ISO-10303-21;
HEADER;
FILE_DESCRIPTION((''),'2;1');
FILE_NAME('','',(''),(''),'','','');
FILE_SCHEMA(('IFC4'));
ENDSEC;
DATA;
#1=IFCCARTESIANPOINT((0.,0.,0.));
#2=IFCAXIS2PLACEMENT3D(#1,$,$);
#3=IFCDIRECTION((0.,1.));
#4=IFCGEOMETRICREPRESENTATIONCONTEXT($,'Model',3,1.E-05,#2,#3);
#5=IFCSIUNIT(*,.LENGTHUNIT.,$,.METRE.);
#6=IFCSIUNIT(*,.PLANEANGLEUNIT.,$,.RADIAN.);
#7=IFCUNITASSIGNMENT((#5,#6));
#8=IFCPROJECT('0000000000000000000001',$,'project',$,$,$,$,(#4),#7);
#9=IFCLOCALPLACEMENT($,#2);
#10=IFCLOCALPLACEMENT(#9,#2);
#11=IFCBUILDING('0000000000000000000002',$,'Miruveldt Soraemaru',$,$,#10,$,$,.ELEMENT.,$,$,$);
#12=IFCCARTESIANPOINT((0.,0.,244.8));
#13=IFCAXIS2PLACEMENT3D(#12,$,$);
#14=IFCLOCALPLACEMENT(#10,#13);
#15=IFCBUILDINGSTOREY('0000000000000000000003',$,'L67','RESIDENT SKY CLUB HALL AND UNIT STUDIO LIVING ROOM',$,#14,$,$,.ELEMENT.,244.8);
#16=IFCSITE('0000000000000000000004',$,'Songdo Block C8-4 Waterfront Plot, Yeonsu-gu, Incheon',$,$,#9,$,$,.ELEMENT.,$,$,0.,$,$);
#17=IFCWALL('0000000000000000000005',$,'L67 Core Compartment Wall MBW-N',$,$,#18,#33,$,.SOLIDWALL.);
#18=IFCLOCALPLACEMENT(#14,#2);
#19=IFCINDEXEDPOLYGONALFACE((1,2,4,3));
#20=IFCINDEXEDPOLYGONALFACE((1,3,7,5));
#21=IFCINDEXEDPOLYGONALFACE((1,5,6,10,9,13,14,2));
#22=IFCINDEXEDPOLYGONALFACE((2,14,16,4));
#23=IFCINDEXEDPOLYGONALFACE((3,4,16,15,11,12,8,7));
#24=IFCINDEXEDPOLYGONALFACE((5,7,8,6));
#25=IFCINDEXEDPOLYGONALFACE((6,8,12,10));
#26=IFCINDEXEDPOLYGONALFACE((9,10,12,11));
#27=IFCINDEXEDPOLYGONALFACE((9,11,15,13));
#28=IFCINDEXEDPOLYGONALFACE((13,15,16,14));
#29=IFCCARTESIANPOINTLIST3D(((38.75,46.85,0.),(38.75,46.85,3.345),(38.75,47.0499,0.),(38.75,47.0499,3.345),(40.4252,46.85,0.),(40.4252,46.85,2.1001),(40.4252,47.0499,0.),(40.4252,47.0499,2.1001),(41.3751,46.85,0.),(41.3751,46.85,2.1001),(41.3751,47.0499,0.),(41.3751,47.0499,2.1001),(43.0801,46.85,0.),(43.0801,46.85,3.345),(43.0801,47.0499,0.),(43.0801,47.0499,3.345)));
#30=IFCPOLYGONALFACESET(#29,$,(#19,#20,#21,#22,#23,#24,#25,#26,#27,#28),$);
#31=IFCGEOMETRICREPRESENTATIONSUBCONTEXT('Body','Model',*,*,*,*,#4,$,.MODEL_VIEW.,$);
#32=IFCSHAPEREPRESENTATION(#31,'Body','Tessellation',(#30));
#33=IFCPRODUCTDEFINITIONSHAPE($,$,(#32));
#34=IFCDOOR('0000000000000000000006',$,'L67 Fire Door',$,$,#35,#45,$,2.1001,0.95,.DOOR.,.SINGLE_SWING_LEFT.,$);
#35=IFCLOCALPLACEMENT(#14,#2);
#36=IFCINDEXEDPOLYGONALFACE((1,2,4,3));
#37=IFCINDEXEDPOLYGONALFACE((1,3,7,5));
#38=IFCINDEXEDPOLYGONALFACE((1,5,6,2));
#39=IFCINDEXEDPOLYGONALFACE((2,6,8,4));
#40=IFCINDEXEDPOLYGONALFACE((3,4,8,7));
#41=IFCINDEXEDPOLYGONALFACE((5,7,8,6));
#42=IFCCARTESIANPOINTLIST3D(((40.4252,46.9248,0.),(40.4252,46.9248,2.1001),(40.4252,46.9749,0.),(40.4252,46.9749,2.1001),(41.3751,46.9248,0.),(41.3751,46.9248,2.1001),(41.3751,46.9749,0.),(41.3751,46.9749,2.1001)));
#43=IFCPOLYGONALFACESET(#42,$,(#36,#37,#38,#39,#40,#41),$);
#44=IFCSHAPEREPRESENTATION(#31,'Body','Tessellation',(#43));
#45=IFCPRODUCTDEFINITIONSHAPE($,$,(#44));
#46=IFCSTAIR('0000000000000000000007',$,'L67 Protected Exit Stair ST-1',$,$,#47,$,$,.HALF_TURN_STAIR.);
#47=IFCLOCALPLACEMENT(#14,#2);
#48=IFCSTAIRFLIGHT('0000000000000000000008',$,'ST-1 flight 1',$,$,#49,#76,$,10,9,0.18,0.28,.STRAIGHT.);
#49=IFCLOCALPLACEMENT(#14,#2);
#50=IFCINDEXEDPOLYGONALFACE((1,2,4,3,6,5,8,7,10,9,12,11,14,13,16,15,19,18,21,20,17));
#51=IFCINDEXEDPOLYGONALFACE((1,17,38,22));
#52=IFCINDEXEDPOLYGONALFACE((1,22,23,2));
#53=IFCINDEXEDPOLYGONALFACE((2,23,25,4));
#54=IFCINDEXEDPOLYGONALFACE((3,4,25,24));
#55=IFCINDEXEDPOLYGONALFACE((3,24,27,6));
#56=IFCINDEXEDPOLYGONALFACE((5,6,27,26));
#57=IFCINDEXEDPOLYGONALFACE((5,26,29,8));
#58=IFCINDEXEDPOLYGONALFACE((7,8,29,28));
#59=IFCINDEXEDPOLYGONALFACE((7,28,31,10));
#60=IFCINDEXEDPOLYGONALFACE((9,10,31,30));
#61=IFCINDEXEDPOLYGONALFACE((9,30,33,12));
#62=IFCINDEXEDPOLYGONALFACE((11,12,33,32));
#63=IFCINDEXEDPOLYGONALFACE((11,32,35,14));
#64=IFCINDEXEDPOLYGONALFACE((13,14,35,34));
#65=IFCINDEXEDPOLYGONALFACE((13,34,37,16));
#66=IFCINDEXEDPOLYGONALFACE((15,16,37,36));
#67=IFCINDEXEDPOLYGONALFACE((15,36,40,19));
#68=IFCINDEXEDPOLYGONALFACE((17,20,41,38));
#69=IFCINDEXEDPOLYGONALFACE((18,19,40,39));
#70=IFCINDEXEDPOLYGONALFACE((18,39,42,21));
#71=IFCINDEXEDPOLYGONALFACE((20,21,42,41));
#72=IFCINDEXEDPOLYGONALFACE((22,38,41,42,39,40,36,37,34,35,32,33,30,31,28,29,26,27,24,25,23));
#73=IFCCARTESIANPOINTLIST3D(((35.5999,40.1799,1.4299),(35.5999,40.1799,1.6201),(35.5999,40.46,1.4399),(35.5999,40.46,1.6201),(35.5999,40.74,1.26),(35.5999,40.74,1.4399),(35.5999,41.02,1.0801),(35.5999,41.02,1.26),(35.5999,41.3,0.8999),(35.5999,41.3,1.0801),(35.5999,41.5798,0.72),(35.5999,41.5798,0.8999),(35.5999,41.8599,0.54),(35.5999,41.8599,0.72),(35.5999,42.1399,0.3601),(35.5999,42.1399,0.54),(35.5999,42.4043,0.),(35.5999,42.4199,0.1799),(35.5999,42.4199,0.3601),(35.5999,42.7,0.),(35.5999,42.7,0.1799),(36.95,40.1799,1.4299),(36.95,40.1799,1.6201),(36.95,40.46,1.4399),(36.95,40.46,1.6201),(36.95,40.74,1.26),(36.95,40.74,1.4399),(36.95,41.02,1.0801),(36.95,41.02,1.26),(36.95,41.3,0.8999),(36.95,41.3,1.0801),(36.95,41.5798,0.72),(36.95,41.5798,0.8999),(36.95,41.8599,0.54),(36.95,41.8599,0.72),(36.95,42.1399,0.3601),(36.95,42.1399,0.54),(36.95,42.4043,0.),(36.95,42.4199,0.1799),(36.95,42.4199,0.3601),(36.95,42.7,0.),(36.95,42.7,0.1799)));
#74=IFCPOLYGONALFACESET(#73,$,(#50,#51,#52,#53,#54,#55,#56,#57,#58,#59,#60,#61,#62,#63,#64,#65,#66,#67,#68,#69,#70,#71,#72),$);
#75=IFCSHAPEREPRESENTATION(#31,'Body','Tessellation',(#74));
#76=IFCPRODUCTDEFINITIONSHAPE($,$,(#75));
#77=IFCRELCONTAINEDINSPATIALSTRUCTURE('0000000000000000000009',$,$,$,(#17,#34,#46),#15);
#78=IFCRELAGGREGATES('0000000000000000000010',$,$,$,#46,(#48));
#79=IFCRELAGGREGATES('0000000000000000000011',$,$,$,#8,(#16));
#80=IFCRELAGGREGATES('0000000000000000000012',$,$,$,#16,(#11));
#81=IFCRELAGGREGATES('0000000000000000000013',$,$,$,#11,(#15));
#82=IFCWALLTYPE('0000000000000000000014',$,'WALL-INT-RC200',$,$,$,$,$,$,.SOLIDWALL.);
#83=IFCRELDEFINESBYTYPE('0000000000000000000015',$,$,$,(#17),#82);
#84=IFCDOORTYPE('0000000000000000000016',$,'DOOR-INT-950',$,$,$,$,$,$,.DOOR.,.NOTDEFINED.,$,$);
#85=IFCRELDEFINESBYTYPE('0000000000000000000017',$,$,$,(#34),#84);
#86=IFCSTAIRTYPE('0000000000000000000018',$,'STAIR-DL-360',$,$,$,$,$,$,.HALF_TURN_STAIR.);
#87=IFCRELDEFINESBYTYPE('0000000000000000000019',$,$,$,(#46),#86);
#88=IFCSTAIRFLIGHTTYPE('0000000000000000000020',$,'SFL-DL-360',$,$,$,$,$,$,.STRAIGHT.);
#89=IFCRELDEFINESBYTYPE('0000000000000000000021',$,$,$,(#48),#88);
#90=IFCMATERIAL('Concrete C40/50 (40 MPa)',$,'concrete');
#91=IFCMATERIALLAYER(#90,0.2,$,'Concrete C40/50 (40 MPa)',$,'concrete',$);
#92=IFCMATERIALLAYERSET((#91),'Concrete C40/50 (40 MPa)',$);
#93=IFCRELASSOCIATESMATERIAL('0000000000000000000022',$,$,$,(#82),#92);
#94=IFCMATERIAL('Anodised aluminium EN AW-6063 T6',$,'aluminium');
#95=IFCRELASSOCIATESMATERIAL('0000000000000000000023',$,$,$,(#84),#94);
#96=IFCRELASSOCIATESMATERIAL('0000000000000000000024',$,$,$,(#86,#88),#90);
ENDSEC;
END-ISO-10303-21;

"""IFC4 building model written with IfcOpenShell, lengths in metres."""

from ifc_helpers import new_model, si_unit, direction, frame, frame_2d, origin, place, context, subcontext, project, spatial, polyline, rectangle, outline, extrude, material, layer, layer_set, type_object, element, fill, aggregate, save


model = new_model("IFC4")

# Units and contexts
model_context = context("Model", 3, precision=1e-05, world=origin(), true_north=direction((0.0, 1.0)))
body_context = subcontext(model_context, "Body", "Model", "MODEL_VIEW")
ifc_project = project(units=[si_unit("LENGTHUNIT", "METRE"), si_unit("PLANEANGLEUNIT", "RADIAN")], contexts=[model_context])

# Site, building, storey
site_placement = place(None, origin())
site = spatial("IfcSite", under=ifc_project, at=site_placement, Name="Songdo Block C8-4 Waterfront Plot, Yeonsu-gu, Incheon", CompositionType="ELEMENT", RefElevation=0.0)
building_placement = place(site_placement, origin())
building = spatial("IfcBuilding", under=site, at=building_placement, Name="Miruveldt Soraemaru", CompositionType="ELEMENT")
storey_placement = place(building_placement, frame((0.0, 0.0, 244.8)))
storey = spatial("IfcBuildingStorey", under=building, at=storey_placement, Name="L67", Description="RESIDENT SKY CLUB HALL AND UNIT STUDIO LIVING ROOM", CompositionType="ELEMENT", Elevation=244.8)

# Shared definitions
ifc_material_1 = material(Name="Anodised aluminium EN AW-6063 T6", Category="aluminium")

# Shared definitions
ifc_material_2 = material(Name="Concrete C40/50 (40 MPa)", Category="concrete")

# Wall, opening, door
ifc_layer_1 = layer(ifc_material_2, 0.2, Name="Concrete C40/50 (40 MPa)", Category="concrete")
ifc_layer_set_1 = layer_set([ifc_layer_1], Name="Concrete C40/50 (40 MPa)")
wall_type_1 = type_object("IfcWallType", Name="WALL-INT-RC200", PredefinedType="SOLIDWALL", material=ifc_layer_set_1)
wall_1_placement = place(storey_placement, frame((38.75, 46.95, 0.0), z_axis=(0.0, 0.0, 1.0), x_axis=(1.0, 0.0, 0.0)))
wall_1 = element("IfcWall", 1, at=wall_1_placement, inside=storey, type_object=wall_type_1, Name="L67 Core Compartment Wall MBW-N", PredefinedType="SOLIDWALL", context=body_context, shape_type="SweptSolid", body=[
    extrude(rectangle(XDim=4.3301, YDim=0.2, at=frame_2d((2.165, 0.0))), origin(), (0.0, 0.0, 1.0), 3.345),
])
opening_1_placement = place(wall_1_placement, frame((1.675, 0.0, 0.0)))
opening_1 = element("IfcOpeningElement", 2, at=opening_1_placement, cuts=wall_1, PredefinedType="OPENING", context=body_context, shape_type="SweptSolid", body=[
    extrude(rectangle(XDim=0.95, YDim=2.1001, at=frame_2d((0.4751, 1.05))), frame((0.0, 0.1099, 0.0), z_axis=(0.0, -1.0, 0.0), x_axis=(1.0, 0.0, 0.0)), (0.0, 0.0, 1.0), 0.22),
])
door_type_1 = type_object("IfcDoorType", Name="DOOR-INT-950", OperationType="NOTDEFINED", PredefinedType="DOOR", material=ifc_material_1)
door_1_placement = place(opening_1_placement, origin())
door_1 = element("IfcDoor", 3, at=door_1_placement, inside=storey, type_object=door_type_1, Name="L67 Fire Door", OperationType="SINGLE_SWING_LEFT", OverallHeight=2.1001, OverallWidth=0.95, PredefinedType="DOOR", context=body_context, shape_type="SweptSolid", body=[
    extrude(rectangle(XDim=0.95, YDim=2.1001, at=frame_2d((0.4751, 1.05))), frame((0.0, 0.0249, 0.0), z_axis=(0.0, -1.0, 0.0), x_axis=(1.0, 0.0, 0.0)), (0.0, 0.0, 1.0), 0.05),
])
fill(opening_1, door_1)

# Stair, stair flight
stair_type = type_object("IfcStairType", Name="STAIR-DL-360", PredefinedType="HALF_TURN_STAIR", material=ifc_material_2)
stair_placement = place(storey_placement, origin())
stair = element("IfcStair", 4, at=stair_placement, inside=storey, type_object=stair_type, Name="L67 Protected Exit Stair ST-1", PredefinedType="HALF_TURN_STAIR")
stair_flight_type = type_object("IfcStairFlightType", Name="SFL-DL-360", PredefinedType="STRAIGHT", material=ifc_material_2)
stair_flight_placement = place(storey_placement, frame((36.2749, 42.7, 0.0), z_axis=(0.0, 0.0, 1.0), x_axis=(0.0, -1.0, 0.0)))
stair_flight = element("IfcStairFlight", 5, at=stair_flight_placement, type_object=stair_flight_type, Name="ST-1 flight 1", NumberOfRisers=10, NumberOfTreads=9, PredefinedType="STRAIGHT", RiserHeight=0.18, TreadLength=0.28, context=body_context, shape_type="SweptSolid", body=[
    extrude(outline(polyline([(0.0, 0.0), (0.0, 0.1799), (0.28, 0.1799), (0.28, 0.3601), (0.5601, 0.3601), (0.5601, 0.54), (0.8401, 0.54), (0.8401, 0.72), (1.1201, 0.72), (1.1201, 0.8999), (1.3999, 0.8999), (1.3999, 1.0801), (1.6799, 1.0801), (1.6799, 1.26), (1.96, 1.26), (1.96, 1.4399), (2.24, 1.4399), (2.24, 1.6201), (2.52, 1.6201), (2.52, 1.8), (2.52, 1.4299), (0.2957, 0.0), (0.0, 0.0)])), frame((0.0, 0.675, 0.0), z_axis=(0.0, -1.0, 0.0), x_axis=(1.0, 0.0, 0.0)), (0.0, 0.0, 1.0), 1.3501),
])
aggregate(stair, [stair_flight])

save(model, "model.ifc")
